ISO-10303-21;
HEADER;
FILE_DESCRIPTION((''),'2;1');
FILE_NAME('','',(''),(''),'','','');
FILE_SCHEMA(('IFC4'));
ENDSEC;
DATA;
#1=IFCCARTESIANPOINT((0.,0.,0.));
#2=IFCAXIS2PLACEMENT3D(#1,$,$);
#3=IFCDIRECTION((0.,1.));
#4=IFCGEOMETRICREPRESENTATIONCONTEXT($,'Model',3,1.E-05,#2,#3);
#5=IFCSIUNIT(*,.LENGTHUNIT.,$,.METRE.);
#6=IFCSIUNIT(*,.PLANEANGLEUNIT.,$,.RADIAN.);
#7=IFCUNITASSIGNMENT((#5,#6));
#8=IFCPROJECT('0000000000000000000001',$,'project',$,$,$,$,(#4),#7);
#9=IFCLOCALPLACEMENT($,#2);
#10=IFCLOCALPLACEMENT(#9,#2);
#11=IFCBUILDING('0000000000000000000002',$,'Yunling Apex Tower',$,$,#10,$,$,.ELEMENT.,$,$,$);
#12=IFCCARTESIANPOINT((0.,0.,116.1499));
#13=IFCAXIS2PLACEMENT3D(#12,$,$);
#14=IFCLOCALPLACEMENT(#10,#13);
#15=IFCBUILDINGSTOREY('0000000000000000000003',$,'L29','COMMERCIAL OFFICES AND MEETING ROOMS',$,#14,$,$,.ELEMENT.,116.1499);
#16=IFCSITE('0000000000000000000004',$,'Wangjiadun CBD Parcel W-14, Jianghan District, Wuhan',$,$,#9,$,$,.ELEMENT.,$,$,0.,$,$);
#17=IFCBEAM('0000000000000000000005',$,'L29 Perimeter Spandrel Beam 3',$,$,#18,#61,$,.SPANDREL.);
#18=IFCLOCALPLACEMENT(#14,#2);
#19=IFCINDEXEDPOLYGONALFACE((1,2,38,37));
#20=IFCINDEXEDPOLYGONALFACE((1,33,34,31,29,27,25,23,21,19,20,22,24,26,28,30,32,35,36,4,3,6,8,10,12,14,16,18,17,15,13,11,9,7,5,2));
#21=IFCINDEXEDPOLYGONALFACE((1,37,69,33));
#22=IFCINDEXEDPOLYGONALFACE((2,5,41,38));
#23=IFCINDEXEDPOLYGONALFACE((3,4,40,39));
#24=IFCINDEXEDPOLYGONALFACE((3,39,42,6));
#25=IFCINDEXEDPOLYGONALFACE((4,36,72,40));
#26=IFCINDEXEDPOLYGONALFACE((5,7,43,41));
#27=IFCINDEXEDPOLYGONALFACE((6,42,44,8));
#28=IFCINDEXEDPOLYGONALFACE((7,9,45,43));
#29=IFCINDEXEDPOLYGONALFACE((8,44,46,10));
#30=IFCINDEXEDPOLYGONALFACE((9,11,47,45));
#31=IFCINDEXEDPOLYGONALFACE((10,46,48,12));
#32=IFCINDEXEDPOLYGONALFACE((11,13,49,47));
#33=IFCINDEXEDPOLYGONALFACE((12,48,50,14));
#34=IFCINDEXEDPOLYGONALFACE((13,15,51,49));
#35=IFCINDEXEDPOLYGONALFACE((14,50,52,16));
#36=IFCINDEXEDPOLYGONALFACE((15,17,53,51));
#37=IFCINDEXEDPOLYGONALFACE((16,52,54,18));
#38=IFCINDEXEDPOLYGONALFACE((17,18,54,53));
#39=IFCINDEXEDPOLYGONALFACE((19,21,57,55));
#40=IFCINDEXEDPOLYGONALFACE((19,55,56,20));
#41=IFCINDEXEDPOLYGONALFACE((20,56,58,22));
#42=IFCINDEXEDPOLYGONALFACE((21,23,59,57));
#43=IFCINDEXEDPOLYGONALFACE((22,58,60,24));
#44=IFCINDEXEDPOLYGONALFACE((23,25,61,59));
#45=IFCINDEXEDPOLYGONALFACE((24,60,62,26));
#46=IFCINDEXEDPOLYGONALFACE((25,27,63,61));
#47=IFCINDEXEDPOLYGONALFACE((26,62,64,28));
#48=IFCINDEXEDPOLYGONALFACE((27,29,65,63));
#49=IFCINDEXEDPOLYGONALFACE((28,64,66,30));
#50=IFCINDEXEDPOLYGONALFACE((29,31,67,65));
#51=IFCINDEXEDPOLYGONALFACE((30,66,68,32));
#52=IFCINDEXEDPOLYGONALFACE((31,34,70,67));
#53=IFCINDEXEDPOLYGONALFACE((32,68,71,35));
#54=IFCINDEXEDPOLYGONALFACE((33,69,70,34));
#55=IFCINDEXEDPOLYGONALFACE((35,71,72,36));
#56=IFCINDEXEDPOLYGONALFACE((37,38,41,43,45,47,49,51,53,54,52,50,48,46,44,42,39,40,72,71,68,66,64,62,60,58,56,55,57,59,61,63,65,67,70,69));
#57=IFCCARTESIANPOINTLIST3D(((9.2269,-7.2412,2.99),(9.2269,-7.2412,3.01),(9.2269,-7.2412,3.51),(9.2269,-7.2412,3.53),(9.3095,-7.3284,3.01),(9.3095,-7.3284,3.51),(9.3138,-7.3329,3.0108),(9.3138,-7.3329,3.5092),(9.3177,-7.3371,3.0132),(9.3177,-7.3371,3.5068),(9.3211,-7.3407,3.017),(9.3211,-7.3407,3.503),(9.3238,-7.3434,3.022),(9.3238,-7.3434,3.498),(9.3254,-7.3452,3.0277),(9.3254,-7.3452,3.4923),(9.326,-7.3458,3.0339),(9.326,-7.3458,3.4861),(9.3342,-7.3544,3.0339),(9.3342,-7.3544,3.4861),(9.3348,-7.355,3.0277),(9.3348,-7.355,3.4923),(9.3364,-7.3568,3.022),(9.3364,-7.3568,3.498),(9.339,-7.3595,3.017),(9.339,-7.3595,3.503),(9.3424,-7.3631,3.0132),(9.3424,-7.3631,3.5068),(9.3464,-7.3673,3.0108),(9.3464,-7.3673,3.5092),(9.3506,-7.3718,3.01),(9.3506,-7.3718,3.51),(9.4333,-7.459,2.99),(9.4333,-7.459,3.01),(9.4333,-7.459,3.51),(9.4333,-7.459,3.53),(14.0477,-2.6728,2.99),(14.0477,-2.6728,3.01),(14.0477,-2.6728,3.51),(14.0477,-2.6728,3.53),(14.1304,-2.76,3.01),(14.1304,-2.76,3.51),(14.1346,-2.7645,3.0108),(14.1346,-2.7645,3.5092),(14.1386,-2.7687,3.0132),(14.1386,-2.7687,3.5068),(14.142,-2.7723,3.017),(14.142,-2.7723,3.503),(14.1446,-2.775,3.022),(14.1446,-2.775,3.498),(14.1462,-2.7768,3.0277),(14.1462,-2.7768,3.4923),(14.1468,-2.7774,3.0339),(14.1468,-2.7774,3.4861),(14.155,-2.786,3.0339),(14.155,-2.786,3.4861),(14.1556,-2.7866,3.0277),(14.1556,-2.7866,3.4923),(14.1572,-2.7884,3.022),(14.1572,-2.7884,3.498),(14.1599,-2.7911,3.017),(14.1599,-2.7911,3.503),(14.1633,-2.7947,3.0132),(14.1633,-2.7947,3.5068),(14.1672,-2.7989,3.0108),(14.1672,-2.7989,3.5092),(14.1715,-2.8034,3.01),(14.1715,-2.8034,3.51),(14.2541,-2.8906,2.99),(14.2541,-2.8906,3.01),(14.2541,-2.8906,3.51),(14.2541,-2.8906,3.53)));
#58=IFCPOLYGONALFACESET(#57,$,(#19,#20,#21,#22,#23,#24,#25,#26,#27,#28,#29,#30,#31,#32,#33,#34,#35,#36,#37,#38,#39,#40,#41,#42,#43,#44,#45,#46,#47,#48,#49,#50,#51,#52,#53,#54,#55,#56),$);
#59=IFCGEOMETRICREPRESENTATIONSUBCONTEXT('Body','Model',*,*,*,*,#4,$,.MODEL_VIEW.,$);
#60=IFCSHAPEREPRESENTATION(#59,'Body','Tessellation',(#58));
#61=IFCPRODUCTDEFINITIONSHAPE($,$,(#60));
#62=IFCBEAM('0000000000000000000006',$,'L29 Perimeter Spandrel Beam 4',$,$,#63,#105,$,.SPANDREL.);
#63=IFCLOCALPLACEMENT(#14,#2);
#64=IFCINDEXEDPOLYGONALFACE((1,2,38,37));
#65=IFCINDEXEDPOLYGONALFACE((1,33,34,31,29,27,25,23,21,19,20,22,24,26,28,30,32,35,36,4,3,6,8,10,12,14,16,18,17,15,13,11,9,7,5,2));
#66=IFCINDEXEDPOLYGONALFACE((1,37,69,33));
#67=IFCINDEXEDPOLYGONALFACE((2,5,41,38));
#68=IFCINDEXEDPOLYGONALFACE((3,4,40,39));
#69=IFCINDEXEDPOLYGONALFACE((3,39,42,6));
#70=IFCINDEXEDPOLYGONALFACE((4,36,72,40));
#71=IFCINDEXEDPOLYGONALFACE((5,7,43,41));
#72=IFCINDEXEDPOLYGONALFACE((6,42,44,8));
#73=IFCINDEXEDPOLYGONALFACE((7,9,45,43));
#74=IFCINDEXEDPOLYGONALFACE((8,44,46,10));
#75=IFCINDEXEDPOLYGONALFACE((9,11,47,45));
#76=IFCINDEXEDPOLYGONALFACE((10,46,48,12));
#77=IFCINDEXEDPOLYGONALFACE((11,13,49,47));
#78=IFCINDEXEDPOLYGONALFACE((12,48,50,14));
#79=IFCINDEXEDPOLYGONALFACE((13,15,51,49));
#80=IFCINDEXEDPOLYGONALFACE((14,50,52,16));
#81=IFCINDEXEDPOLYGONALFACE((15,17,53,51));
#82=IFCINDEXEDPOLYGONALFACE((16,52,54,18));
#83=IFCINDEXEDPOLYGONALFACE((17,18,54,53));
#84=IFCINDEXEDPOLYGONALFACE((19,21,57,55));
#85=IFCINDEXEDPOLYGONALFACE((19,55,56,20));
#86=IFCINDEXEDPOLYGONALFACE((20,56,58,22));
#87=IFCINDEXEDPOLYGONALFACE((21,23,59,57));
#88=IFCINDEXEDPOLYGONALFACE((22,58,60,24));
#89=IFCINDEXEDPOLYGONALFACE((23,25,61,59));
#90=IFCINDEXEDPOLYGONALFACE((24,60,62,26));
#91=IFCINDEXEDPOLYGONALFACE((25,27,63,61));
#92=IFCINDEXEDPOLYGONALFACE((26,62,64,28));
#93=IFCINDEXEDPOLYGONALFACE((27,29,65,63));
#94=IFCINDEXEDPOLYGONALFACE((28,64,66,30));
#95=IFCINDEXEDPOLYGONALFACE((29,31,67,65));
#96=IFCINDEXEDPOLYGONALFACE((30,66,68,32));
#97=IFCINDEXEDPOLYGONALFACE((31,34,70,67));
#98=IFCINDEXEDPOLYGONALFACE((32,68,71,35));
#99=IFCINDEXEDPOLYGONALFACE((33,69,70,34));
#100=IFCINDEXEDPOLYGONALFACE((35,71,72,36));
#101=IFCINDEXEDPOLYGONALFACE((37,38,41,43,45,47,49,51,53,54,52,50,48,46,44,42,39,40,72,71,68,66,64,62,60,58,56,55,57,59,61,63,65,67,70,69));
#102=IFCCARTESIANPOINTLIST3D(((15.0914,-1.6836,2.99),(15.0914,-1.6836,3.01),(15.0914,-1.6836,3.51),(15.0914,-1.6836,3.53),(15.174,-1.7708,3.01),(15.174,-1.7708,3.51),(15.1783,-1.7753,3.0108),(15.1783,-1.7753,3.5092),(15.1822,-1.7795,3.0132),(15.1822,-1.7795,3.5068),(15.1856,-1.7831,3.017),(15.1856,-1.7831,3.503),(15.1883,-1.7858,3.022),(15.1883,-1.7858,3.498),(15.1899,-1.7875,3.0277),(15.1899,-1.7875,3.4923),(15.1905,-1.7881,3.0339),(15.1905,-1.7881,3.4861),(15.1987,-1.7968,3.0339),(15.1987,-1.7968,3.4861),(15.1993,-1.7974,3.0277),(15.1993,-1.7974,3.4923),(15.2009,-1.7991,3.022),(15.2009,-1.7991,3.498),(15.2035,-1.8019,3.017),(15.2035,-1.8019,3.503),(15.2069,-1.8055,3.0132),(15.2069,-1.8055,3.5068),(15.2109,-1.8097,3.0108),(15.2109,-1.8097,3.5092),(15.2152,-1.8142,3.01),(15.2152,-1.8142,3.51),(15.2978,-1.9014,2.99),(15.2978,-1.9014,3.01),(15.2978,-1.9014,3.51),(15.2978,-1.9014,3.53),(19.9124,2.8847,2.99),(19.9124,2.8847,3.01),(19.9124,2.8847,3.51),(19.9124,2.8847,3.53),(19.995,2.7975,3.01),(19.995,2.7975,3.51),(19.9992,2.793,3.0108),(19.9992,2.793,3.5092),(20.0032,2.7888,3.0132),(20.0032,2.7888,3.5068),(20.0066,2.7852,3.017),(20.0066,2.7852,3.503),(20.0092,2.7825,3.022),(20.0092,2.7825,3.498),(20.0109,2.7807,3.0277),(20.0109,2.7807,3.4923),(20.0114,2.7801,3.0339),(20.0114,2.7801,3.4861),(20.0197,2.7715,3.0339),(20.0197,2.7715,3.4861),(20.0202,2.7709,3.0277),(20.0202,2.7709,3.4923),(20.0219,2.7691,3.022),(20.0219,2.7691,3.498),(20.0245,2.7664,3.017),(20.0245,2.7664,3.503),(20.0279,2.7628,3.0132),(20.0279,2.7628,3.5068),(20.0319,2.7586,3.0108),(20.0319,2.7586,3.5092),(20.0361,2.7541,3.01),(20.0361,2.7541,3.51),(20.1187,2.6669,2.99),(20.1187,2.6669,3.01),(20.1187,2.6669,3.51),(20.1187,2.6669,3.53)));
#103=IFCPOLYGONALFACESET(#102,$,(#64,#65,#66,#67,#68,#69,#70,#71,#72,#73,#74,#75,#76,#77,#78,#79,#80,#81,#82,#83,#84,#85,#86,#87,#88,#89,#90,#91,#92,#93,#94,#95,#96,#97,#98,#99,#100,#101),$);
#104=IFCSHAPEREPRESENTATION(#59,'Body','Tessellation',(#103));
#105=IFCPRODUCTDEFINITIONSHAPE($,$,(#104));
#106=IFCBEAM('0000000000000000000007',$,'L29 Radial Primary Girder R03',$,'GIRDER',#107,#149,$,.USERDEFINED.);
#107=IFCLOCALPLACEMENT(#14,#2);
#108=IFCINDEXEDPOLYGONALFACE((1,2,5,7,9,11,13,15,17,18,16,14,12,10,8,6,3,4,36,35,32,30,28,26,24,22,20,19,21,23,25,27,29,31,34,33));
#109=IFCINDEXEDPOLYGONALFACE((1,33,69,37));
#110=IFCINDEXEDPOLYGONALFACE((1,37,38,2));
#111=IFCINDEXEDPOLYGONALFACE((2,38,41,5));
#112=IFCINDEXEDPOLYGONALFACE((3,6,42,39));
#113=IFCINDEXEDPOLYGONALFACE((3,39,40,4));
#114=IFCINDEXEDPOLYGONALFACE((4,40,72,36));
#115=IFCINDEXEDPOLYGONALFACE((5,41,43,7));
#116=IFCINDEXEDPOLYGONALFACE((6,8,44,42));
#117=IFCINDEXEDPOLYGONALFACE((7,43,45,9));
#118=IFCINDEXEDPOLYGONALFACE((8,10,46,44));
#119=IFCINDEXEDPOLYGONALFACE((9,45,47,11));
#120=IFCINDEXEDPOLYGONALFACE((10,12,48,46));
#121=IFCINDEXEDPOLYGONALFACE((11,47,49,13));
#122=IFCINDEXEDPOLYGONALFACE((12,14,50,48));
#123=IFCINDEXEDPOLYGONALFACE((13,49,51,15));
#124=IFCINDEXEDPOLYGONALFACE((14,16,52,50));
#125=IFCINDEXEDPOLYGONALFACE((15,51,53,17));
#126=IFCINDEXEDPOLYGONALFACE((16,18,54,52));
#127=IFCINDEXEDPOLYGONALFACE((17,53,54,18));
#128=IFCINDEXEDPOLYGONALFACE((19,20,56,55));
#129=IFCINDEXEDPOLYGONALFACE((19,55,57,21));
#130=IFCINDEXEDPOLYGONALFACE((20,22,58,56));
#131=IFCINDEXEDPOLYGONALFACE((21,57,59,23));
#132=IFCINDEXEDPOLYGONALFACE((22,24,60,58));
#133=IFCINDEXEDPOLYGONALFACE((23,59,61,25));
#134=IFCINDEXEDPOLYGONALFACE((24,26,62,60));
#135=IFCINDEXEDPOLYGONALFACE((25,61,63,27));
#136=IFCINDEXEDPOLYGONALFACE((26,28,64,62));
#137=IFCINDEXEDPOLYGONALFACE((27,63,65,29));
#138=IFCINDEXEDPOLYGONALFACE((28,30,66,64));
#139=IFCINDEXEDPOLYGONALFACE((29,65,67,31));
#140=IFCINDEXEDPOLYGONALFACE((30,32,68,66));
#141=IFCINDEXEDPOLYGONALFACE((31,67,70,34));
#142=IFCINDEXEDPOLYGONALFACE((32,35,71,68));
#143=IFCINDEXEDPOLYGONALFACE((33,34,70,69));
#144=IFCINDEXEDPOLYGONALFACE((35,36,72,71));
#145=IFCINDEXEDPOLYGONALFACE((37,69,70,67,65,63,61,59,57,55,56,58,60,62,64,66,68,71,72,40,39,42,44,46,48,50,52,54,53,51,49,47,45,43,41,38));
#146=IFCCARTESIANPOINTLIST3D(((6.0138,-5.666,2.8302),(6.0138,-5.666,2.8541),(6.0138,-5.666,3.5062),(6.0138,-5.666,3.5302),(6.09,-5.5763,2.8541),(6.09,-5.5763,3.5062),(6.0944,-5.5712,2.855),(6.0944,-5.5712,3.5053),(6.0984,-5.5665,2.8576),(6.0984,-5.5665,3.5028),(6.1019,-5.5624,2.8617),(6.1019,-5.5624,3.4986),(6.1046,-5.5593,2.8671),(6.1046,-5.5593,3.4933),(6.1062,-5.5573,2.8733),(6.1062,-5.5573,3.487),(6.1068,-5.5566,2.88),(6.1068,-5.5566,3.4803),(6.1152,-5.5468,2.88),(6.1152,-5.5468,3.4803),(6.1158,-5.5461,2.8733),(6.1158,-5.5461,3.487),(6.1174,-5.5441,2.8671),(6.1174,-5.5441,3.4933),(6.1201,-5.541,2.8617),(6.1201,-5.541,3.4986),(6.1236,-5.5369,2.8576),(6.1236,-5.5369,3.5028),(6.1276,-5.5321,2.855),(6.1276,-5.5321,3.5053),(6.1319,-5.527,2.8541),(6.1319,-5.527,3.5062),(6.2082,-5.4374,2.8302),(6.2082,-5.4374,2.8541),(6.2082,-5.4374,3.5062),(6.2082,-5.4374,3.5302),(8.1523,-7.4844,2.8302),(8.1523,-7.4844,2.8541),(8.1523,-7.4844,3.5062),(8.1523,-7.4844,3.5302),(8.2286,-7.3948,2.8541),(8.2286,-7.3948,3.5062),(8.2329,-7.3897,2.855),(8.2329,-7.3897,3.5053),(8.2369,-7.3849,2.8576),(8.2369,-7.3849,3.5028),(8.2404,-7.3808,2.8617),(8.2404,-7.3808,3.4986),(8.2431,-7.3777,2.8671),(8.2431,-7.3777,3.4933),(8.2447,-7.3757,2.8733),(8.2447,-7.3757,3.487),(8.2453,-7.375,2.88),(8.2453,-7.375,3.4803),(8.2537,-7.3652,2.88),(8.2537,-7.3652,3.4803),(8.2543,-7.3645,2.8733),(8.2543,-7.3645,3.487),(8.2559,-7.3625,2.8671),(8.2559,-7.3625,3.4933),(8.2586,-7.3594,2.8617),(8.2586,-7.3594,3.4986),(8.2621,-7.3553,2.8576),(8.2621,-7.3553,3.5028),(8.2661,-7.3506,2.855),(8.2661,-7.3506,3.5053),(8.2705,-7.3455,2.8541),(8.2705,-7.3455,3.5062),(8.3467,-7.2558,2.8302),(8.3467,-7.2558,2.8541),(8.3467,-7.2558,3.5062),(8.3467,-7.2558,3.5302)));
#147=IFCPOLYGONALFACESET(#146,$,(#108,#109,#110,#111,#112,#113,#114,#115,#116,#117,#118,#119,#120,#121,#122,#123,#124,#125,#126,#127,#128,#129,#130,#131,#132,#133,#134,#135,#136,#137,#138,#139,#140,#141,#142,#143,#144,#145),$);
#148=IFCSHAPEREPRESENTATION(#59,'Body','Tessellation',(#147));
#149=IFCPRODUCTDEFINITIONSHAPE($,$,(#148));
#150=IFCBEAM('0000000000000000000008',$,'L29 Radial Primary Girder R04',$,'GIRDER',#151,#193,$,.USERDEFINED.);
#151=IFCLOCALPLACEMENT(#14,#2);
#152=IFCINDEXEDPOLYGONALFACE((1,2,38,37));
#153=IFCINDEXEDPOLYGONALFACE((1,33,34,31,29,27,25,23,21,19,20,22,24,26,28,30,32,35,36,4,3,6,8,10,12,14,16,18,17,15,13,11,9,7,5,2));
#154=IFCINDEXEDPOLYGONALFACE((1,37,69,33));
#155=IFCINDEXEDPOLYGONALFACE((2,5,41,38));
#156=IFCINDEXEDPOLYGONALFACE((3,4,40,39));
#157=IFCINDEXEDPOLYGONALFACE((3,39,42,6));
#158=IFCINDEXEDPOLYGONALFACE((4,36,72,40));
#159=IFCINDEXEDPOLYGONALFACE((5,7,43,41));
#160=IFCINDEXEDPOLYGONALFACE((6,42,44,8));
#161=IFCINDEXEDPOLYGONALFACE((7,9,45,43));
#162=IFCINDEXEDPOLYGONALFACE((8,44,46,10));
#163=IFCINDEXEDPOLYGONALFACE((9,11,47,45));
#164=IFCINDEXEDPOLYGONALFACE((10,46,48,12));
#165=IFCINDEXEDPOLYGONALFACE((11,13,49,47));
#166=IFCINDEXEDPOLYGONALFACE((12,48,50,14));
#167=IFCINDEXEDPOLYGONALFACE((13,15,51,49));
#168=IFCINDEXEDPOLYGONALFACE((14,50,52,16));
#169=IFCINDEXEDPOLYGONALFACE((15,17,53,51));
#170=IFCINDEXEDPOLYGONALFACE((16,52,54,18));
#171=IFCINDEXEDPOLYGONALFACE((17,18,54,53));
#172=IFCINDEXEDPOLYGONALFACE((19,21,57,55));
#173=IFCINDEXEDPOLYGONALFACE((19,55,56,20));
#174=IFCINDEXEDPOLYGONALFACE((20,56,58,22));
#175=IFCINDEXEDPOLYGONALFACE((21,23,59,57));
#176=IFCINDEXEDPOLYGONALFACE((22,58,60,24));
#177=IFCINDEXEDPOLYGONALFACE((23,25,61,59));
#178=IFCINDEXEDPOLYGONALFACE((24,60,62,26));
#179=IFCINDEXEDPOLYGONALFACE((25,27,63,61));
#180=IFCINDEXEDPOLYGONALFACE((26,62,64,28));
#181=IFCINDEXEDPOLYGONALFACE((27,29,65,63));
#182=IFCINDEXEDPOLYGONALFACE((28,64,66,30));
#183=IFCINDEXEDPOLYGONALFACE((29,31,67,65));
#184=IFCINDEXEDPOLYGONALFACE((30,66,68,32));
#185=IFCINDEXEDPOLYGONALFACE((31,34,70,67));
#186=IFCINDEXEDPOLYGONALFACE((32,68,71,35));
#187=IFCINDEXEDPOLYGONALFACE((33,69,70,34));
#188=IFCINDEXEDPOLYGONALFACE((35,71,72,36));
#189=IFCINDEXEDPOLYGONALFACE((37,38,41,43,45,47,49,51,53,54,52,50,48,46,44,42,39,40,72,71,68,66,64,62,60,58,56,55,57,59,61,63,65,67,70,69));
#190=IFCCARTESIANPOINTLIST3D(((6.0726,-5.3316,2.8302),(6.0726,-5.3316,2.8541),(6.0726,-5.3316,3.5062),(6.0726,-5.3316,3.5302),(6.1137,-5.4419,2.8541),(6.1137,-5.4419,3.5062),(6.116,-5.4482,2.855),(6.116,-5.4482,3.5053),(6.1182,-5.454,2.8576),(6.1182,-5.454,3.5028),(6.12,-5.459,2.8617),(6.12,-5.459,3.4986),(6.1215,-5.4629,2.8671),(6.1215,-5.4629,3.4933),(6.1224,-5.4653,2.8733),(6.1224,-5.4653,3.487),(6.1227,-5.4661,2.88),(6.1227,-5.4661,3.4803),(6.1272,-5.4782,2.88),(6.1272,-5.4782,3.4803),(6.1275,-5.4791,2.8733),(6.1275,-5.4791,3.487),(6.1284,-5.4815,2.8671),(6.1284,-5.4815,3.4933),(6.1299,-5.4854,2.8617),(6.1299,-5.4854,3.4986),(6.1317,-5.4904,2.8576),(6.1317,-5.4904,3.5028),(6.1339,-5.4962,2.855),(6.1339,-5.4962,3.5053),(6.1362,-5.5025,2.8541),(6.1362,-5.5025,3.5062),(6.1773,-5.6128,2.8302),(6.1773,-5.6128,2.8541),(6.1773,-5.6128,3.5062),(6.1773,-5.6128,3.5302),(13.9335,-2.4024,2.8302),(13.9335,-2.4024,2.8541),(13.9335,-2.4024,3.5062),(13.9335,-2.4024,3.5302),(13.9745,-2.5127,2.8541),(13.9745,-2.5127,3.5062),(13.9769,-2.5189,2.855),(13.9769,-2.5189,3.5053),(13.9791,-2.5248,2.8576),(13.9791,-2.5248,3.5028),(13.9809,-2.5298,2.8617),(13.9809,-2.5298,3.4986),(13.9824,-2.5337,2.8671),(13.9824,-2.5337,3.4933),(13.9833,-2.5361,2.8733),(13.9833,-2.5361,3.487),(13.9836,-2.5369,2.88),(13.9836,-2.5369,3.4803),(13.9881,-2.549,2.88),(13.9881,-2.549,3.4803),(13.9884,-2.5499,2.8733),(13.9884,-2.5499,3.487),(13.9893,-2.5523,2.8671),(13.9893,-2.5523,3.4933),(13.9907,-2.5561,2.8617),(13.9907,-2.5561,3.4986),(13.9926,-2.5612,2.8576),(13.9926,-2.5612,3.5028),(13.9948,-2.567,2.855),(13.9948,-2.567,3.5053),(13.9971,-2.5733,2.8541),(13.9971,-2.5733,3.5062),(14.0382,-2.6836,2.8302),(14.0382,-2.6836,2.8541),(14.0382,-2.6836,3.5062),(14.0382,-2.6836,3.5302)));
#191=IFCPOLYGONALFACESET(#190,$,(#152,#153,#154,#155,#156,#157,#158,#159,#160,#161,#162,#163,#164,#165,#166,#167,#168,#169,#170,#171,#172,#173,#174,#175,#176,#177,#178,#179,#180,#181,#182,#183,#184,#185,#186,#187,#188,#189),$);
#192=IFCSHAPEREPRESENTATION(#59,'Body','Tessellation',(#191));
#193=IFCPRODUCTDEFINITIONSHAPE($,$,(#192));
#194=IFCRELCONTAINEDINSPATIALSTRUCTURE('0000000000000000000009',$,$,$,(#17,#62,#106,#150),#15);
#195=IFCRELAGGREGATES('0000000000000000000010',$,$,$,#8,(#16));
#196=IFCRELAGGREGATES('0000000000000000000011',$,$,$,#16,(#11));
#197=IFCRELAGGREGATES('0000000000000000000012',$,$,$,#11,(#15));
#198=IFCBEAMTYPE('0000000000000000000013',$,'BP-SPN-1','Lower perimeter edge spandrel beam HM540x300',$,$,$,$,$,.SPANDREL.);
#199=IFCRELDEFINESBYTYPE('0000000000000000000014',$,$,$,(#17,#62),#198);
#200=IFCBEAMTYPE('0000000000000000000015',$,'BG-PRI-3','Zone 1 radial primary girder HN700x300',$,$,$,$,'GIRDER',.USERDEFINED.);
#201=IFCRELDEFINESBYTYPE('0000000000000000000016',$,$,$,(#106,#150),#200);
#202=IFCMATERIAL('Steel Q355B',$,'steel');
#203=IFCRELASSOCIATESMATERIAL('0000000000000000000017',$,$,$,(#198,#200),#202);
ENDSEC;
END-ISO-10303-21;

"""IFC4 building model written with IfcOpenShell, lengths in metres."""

from ifc_helpers import new_model, si_unit, direction, frame, origin, origin_2d, place, context, subcontext, project, spatial, i_section, extrude, source, transform, mapped, material, material_profile, profile_set, type_object, element, save


model = new_model("IFC4")

# Units and contexts
model_context = context("Model", 3, precision=1e-05, world=origin(), true_north=direction((0.0, 1.0)))
body_context = subcontext(model_context, "Body", "Model", "MODEL_VIEW")
ifc_project = project(units=[si_unit("LENGTHUNIT", "METRE"), si_unit("PLANEANGLEUNIT", "RADIAN")], contexts=[model_context])

# Site, building, storey
site_placement = place(None, origin())
site = spatial("IfcSite", under=ifc_project, at=site_placement, Name="Wangjiadun CBD Parcel W-14, Jianghan District, Wuhan", CompositionType="ELEMENT", RefElevation=0.0)
building_placement = place(site_placement, origin())
building = spatial("IfcBuilding", under=site, at=building_placement, Name="Yunling Apex Tower", CompositionType="ELEMENT")
storey_placement = place(building_placement, frame((0.0, 0.0, 116.1499)))
storey = spatial("IfcBuildingStorey", under=building, at=storey_placement, Name="L29", Description="COMMERCIAL OFFICES AND MEETING ROOMS", CompositionType="ELEMENT", Elevation=116.1499)

# Beams
ifc_material_1 = material(Name="Steel Q355B", Category="steel")
ifc_material_profile_1 = material_profile(ifc_material_1, i_section(OverallWidth=0.3, OverallDepth=0.54, WebThickness=0.012, FlangeThickness=0.02, FilletRadius=0.0239, at=origin_2d()))
ifc_profile_set_1 = profile_set([ifc_material_profile_1], Name="Steel Q355B")
beam_type_1 = type_object("IfcBeamType", Name="BP-SPN-1", Description="Lower perimeter edge spandrel beam HM540x300", PredefinedType="SPANDREL", material=ifc_profile_set_1)
shared_shape_1 = source(origin(), body_context, "Body", "SweptSolid", [
    extrude(i_section(OverallWidth=0.3, OverallDepth=0.54, WebThickness=0.012, FlangeThickness=0.02, FilletRadius=0.0239, at=origin_2d()), origin(), (0.0, 0.0, 1.0), 6.6416),
])
for number, where, z_axis, x_axis, name in (
    (1, (9.3301, -7.3501, 3.26), (0.725856, 0.687847, 0.0), (-0.687847, 0.725856, 0.0), "L29 Perimeter Spandrel Beam 3"),
    (2, (15.1946, -1.7925, 3.26), (0.725873, 0.687828, 0.0), (-0.687828, 0.725873, 0.0), "L29 Perimeter Spandrel Beam 4"),
):
    element("IfcBeam", number, at=place(storey_placement, frame(where, z_axis=z_axis, x_axis=x_axis)), inside=storey, type_object=beam_type_1, Name=name, PredefinedType="SPANDREL", context=body_context, shape_type="MappedRepresentation", body=[
        mapped(shared_shape_1, transform((0.0, 0.0, 0.0), scale=1.0)),
    ])
ifc_material_profile_2 = material_profile(ifc_material_1, i_section(OverallWidth=0.3, OverallDepth=0.7, WebThickness=0.0129, FlangeThickness=0.0239, FilletRadius=0.0259, at=origin_2d()))
ifc_profile_set_2 = profile_set([ifc_material_profile_2], Name="Steel Q355B")
beam_type_2 = type_object("IfcBeamType", Name="BG-PRI-3", Description="Zone 1 radial primary girder HN700x300", ElementType="GIRDER", PredefinedType="USERDEFINED", material=ifc_profile_set_2)
shared_shape_2 = source(origin(), body_context, "Body", "SweptSolid", [
    extrude(i_section(OverallWidth=0.3, OverallDepth=0.7, WebThickness=0.0129, FlangeThickness=0.0239, FilletRadius=0.0259, at=origin_2d()), origin(), (0.0, 0.0, 1.0), 2.8071),
])
beam_1_placement = place(storey_placement, frame((8.2495, -7.3701, 3.1802), z_axis=(-0.761817, 0.647792, 0.0), x_axis=(-0.647792, -0.761817, 0.0)))
element("IfcBeam", 3, at=beam_1_placement, inside=storey, type_object=beam_type_2, Name="L29 Radial Primary Girder R03", ObjectType="GIRDER", PredefinedType="USERDEFINED", context=body_context, shape_type="MappedRepresentation", body=[
    mapped(shared_shape_2, transform((0.0, 0.0, 0.0), scale=1.0)),
])
shared_shape_3 = source(origin(), body_context, "Body", "SweptSolid", [
    extrude(i_section(OverallWidth=0.3, OverallDepth=0.7, WebThickness=0.0129, FlangeThickness=0.0239, FilletRadius=0.0259, at=origin_2d()), origin(), (0.0, 0.0, 1.0), 8.3889),
])
beam_2_placement = place(storey_placement, frame((13.9858, -2.543, 3.1802), z_axis=(-0.937057, -0.349177, 0.0), x_axis=(0.349177, -0.937057, 0.0)))
element("IfcBeam", 4, at=beam_2_placement, inside=storey, type_object=beam_type_2, Name="L29 Radial Primary Girder R04", ObjectType="GIRDER", PredefinedType="USERDEFINED", context=body_context, shape_type="MappedRepresentation", body=[
    mapped(shared_shape_3, transform((0.0, 0.0, 0.0), scale=1.0)),
])

save(model, "model.ifc")
